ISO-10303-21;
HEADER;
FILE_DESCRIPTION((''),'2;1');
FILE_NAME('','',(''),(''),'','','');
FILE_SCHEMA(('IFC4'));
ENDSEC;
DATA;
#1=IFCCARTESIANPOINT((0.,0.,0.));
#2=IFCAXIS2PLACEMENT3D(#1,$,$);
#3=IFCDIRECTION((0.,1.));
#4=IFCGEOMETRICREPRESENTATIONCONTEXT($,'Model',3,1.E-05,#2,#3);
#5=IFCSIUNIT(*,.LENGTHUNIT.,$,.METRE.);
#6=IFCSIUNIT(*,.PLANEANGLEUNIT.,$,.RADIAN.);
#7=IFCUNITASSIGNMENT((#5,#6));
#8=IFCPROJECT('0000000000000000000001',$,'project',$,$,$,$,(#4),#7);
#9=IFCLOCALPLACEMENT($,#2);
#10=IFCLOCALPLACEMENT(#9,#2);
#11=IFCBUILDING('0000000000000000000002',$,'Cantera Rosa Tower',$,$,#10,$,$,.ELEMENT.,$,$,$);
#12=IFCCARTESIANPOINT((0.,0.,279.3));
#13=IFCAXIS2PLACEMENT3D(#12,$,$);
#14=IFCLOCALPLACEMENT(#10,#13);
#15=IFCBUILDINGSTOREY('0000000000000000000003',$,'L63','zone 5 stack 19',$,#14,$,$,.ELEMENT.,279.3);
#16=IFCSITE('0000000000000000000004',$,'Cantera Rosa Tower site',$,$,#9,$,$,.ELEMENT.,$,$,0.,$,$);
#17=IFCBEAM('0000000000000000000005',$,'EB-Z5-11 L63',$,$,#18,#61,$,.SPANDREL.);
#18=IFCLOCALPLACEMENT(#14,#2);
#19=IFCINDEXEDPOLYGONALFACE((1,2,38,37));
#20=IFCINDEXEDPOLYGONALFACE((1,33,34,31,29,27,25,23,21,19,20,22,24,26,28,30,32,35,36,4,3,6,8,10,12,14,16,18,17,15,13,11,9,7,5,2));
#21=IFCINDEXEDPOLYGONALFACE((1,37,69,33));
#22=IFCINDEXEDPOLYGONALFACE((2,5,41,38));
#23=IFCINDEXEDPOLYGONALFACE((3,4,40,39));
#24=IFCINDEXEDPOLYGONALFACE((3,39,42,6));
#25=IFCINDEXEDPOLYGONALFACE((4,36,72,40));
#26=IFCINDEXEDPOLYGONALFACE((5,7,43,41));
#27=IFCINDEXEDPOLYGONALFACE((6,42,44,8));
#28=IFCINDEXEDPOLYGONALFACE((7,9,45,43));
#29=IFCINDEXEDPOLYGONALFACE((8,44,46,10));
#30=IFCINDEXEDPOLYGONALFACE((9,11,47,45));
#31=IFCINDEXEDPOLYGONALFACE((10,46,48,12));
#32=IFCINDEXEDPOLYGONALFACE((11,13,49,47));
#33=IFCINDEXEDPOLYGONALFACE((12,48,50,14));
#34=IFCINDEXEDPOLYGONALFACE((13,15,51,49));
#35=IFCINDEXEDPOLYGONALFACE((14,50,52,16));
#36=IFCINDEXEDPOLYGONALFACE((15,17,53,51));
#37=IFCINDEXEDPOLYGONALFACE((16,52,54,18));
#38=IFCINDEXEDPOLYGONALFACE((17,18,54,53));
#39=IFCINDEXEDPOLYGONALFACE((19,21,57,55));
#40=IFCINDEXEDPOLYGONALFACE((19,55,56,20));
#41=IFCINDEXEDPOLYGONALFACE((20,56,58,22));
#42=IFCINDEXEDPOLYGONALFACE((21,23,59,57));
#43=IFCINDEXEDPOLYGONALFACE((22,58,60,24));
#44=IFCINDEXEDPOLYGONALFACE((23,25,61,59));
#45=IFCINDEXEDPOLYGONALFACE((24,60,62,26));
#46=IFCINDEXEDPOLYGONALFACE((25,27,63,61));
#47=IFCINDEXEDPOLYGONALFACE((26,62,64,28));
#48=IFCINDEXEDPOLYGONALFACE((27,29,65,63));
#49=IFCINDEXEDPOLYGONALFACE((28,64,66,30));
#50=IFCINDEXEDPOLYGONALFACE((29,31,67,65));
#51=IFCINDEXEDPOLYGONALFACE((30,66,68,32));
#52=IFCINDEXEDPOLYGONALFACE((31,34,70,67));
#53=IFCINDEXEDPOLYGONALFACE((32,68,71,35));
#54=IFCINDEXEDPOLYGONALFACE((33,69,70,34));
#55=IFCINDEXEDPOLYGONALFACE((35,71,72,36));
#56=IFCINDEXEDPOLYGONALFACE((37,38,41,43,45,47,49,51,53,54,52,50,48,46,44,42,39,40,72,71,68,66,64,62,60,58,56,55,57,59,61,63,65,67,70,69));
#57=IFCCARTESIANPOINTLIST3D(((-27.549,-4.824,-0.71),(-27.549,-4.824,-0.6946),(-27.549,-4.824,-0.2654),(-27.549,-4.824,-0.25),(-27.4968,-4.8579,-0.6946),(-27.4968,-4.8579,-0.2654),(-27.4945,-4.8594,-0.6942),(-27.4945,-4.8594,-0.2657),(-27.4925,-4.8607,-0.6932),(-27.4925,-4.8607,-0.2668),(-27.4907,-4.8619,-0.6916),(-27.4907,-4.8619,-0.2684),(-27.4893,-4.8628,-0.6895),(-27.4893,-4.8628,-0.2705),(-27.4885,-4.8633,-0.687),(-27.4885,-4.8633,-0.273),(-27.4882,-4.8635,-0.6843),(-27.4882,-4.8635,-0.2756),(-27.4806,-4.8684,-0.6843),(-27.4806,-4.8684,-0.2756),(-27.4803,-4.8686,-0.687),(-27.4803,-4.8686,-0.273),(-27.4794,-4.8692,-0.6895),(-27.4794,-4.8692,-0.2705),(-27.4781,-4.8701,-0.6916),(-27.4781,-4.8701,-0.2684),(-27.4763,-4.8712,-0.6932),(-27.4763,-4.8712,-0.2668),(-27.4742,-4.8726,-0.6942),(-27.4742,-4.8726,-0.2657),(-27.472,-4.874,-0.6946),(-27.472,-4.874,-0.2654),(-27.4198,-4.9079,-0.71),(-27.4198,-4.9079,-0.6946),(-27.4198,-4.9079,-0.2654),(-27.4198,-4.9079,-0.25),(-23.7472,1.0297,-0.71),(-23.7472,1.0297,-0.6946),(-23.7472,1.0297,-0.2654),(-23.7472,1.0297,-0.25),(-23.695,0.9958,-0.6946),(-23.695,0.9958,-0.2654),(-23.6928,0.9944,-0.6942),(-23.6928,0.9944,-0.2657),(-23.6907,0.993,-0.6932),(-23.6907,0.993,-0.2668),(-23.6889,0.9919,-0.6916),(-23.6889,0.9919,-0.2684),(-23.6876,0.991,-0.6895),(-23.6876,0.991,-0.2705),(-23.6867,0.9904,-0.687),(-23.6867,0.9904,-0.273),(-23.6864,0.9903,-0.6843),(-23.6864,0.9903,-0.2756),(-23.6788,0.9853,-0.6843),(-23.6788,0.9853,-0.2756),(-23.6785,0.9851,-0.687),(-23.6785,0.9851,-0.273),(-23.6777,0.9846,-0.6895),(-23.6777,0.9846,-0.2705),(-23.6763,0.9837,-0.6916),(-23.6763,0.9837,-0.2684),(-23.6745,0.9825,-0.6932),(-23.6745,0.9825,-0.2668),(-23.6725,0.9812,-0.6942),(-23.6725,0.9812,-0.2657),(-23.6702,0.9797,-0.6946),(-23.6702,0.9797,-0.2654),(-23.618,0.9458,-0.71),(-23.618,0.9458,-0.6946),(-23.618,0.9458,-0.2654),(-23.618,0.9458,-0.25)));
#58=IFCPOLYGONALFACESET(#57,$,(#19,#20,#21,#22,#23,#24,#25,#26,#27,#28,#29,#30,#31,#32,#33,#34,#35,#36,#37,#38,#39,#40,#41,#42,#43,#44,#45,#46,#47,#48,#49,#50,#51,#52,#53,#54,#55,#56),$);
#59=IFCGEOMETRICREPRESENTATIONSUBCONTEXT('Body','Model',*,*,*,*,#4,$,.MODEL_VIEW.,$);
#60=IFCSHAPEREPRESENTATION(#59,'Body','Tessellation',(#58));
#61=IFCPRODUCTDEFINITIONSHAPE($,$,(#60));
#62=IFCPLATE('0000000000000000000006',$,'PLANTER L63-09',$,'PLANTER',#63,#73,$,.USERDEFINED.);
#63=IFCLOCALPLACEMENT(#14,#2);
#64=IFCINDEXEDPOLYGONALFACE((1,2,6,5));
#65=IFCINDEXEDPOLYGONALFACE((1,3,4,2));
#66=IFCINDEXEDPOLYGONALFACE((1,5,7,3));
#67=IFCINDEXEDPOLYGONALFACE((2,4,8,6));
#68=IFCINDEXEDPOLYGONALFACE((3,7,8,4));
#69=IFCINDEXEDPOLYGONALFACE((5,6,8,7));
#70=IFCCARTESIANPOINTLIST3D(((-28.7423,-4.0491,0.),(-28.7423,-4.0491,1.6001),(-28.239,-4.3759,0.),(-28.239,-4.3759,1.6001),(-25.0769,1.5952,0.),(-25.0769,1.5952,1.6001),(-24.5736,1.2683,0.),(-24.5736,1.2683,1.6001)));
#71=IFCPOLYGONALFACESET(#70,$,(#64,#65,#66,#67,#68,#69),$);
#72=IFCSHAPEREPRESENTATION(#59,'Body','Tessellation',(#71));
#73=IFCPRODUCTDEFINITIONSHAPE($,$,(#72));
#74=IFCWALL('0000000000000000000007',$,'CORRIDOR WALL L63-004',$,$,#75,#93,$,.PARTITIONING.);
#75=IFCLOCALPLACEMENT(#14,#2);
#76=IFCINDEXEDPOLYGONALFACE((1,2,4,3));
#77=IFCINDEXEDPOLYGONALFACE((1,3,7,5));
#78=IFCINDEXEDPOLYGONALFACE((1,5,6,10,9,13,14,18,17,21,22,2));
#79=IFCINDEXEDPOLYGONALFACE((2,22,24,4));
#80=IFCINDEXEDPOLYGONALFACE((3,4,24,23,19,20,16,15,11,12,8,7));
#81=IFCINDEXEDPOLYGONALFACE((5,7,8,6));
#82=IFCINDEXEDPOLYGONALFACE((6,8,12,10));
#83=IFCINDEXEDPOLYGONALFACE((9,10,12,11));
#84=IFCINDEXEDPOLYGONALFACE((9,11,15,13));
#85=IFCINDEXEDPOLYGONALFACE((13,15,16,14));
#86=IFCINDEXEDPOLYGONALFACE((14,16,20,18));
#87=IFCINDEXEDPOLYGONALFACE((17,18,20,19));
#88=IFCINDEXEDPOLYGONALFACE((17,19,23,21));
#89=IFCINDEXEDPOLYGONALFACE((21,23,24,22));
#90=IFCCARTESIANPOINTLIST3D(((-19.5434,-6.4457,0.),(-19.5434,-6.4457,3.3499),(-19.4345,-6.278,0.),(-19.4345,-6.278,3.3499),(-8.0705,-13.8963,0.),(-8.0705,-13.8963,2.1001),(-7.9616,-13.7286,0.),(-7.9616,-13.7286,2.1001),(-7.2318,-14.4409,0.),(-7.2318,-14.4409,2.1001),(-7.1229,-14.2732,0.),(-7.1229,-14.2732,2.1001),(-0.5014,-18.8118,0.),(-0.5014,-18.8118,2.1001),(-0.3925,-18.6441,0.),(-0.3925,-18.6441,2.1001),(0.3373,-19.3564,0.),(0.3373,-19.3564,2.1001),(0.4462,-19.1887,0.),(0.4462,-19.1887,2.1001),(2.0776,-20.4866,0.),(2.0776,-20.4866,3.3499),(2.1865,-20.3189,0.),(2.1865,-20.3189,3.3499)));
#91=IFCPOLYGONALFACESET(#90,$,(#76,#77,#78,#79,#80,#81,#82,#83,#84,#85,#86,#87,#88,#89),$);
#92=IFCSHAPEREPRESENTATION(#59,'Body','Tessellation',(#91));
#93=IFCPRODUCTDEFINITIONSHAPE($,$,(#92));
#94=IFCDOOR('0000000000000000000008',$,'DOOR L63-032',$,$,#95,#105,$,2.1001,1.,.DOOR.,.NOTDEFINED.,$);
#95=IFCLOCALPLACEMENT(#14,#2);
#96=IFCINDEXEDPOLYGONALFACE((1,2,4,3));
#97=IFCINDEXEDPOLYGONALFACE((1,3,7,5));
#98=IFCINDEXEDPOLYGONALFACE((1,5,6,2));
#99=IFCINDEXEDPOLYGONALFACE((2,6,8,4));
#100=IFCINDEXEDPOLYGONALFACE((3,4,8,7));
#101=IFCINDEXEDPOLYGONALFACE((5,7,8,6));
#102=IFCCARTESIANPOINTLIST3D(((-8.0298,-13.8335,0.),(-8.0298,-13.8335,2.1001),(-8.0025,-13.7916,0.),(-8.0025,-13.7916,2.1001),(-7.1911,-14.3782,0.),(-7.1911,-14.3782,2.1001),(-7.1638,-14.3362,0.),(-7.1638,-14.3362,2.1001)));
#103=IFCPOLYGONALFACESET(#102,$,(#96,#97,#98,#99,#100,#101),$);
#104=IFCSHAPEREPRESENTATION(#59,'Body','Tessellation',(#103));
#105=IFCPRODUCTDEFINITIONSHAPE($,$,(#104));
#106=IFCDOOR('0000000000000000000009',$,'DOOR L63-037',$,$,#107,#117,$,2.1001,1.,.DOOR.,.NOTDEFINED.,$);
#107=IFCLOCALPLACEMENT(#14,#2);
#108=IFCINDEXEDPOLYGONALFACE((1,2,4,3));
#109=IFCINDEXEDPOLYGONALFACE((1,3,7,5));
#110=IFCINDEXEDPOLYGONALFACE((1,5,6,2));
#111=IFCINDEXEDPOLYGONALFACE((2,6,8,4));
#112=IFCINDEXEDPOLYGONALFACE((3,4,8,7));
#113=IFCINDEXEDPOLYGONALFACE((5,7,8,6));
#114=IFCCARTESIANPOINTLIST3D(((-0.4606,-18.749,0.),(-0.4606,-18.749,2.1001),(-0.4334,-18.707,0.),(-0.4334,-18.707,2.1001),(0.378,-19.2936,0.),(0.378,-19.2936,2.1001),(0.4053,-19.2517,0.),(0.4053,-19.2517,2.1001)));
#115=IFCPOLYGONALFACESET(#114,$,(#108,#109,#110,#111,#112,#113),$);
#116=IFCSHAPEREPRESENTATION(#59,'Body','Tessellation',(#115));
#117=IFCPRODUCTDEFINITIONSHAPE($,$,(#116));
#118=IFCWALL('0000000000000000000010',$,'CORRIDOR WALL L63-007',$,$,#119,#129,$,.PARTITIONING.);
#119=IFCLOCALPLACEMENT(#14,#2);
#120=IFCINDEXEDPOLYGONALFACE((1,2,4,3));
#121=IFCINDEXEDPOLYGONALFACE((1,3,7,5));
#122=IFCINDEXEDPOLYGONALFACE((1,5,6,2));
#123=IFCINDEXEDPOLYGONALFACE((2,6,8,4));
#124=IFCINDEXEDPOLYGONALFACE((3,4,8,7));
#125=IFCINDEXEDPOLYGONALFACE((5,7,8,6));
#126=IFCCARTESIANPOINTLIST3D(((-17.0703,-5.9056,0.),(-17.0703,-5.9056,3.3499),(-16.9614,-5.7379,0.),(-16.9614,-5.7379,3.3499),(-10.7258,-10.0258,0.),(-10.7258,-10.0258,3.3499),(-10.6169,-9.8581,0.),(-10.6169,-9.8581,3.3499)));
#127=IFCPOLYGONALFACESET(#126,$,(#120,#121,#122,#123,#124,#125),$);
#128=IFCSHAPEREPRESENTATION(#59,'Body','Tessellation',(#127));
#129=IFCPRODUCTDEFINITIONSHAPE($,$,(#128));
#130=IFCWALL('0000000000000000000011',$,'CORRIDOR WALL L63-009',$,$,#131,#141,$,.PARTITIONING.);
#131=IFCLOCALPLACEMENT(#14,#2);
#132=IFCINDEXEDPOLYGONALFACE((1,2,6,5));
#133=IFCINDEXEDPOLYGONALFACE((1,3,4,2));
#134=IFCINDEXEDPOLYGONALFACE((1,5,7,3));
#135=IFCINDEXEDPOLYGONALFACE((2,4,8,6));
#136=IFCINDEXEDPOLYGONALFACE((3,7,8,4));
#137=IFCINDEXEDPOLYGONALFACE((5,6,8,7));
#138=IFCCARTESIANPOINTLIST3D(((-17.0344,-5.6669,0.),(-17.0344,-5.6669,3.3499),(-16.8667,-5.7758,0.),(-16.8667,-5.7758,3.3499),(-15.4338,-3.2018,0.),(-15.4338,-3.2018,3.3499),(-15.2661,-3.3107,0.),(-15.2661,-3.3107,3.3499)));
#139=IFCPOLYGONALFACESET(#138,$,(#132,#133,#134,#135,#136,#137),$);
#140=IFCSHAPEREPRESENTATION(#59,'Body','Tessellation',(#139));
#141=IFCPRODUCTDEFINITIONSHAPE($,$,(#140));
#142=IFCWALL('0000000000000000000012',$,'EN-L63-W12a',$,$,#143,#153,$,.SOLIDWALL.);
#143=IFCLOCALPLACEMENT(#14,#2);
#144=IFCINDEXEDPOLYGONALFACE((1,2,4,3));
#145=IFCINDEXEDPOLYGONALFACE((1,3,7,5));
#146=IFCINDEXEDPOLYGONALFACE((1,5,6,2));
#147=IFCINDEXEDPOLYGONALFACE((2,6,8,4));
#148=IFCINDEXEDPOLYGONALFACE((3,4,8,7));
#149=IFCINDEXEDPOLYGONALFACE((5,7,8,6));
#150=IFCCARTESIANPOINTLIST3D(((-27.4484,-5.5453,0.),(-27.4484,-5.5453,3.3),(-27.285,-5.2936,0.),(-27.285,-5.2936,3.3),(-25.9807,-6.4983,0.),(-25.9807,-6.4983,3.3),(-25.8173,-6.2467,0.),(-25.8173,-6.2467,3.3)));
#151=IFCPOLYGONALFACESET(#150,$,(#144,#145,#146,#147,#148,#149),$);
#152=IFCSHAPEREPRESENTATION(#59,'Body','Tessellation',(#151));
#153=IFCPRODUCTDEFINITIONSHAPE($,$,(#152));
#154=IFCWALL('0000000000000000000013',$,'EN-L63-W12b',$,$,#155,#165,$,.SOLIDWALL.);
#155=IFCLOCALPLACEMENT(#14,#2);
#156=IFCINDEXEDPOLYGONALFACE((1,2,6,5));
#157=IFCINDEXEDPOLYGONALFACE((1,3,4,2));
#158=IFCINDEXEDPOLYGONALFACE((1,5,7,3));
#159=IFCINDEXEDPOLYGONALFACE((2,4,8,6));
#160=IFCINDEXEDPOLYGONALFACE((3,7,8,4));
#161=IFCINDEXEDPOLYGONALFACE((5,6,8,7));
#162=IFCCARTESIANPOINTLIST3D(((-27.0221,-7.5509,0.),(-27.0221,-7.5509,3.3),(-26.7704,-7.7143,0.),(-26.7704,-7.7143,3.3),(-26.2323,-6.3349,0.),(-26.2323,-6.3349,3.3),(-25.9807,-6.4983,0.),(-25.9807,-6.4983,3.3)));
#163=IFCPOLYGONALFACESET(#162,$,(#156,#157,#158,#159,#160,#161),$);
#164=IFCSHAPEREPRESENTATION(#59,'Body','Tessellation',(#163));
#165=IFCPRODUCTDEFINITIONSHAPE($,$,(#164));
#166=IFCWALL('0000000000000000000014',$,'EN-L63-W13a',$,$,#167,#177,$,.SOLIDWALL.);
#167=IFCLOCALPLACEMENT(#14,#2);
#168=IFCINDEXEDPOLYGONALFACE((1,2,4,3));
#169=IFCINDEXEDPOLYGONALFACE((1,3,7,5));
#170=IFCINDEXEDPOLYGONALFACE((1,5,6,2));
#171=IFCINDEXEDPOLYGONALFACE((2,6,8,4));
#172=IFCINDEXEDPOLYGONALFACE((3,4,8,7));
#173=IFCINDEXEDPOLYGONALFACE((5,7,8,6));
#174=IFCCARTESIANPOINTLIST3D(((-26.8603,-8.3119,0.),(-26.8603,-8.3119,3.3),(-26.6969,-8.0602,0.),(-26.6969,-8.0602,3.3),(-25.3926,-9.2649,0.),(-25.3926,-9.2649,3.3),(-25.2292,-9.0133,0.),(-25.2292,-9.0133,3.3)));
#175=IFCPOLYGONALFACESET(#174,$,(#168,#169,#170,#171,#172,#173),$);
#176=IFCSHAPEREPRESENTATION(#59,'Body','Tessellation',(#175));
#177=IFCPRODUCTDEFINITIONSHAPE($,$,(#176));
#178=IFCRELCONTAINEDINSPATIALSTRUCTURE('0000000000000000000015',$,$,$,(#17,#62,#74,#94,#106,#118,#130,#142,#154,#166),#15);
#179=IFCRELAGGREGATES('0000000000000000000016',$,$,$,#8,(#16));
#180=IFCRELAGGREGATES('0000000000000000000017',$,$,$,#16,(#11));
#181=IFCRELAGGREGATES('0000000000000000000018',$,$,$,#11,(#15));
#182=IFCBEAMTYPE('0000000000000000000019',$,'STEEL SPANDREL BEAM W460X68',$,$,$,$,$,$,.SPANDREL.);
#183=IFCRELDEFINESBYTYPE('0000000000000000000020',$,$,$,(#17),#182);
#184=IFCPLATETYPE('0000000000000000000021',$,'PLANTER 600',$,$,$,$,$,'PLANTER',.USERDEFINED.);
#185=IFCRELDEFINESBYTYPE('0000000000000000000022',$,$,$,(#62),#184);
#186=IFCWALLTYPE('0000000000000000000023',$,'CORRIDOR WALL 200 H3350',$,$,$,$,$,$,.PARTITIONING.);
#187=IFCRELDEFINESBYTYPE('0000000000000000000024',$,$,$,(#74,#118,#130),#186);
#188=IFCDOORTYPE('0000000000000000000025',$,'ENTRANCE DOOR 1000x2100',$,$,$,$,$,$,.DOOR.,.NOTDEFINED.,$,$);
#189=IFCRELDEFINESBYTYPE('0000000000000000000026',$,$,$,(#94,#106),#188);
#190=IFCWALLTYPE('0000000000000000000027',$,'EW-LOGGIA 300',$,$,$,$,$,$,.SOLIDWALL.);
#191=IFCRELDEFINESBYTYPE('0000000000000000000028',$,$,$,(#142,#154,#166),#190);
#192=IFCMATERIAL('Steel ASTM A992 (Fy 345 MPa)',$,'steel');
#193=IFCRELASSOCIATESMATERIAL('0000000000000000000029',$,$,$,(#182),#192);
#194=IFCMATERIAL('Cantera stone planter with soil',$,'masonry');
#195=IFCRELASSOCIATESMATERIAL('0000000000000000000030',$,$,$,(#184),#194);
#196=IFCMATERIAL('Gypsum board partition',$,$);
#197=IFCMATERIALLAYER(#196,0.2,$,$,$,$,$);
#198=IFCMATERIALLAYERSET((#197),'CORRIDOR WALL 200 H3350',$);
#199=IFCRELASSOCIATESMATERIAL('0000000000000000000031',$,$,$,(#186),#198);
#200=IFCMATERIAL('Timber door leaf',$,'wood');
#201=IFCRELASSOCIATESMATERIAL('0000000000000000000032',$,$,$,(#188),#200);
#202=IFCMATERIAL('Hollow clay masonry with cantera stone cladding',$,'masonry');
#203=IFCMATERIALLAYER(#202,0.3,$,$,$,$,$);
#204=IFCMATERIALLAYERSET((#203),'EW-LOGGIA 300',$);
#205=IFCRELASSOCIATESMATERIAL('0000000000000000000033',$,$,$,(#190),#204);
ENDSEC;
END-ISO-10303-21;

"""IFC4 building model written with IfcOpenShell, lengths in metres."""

from ifc_helpers import new_model, si_unit, direction, frame, frame_2d, origin, origin_2d, place, context, subcontext, project, spatial, rectangle, i_section, extrude, material, layer, layer_set, material_profile, profile_set, type_object, element, fill, save


model = new_model("IFC4")

# Units and contexts
model_context = context("Model", 3, precision=1e-05, world=origin(), true_north=direction((0.0, 1.0)))
body_context = subcontext(model_context, "Body", "Model", "MODEL_VIEW")
ifc_project = project(units=[si_unit("LENGTHUNIT", "METRE"), si_unit("PLANEANGLEUNIT", "RADIAN")], contexts=[model_context])

# Site, building, storey
site_placement = place(None, origin())
site = spatial("IfcSite", under=ifc_project, at=site_placement, Name="Cantera Rosa Tower site", CompositionType="ELEMENT", RefElevation=0.0)
building_placement = place(site_placement, origin())
building = spatial("IfcBuilding", under=site, at=building_placement, Name="Cantera Rosa Tower", CompositionType="ELEMENT")
storey_placement = place(building_placement, frame((0.0, 0.0, 279.3)))
storey = spatial("IfcBuildingStorey", under=building, at=storey_placement, Name="L63", Description="zone 5 stack 19", CompositionType="ELEMENT", Elevation=279.3)

# Beam
ifc_material_1 = material(Name="Steel ASTM A992 (Fy 345 MPa)", Category="steel")
ifc_material_profile_1 = material_profile(ifc_material_1, i_section(OverallWidth=0.1541, OverallDepth=0.46, WebThickness=0.009, FlangeThickness=0.0154, FilletRadius=0.0103, at=origin_2d()), Name="W460X68")
ifc_profile_set_1 = profile_set([ifc_material_profile_1], Name="Steel ASTM A992 (Fy 345 MPa)")
beam_type_1 = type_object("IfcBeamType", Name="STEEL SPANDREL BEAM W460X68", PredefinedType="SPANDREL", material=ifc_profile_set_1)
beam_1_placement = place(storey_placement, frame((-23.6826, 0.9878, -0.48), z_axis=(-0.544667, -0.838652, 0.0), x_axis=(0.838652, -0.544667, 0.0)))
element("IfcBeam", 1, at=beam_1_placement, inside=storey, type_object=beam_type_1, Name="EB-Z5-11 L63", PredefinedType="SPANDREL", context=body_context, shape_type="SweptSolid", body=[
    extrude(i_section(OverallWidth=0.1541, OverallDepth=0.46, WebThickness=0.009, FlangeThickness=0.0154, FilletRadius=0.0103, at=origin_2d()), origin(), (0.0, 0.0, 1.0), 6.98),
])

# Plate
ifc_material_2 = material(Name="Cantera stone planter with soil", Category="masonry")
plate_type = type_object("IfcPlateType", Name="PLANTER 600", ElementType="PLANTER", PredefinedType="USERDEFINED", material=ifc_material_2)
plate_placement = place(storey_placement, frame((-26.658, -1.3904, 0.0), z_axis=(0.0, 0.0, 1.0), x_axis=(-0.544639, -0.838671, 0.0)))
element("IfcPlate", 2, at=plate_placement, inside=storey, type_object=plate_type, Name="PLANTER L63-09", ObjectType="PLANTER", PredefinedType="USERDEFINED", context=body_context, shape_type="SweptSolid", body=[
    extrude(rectangle(XDim=6.73, YDim=0.6001, at=origin_2d()), origin(), (0.0, 0.0, 1.0), 1.6001),
])

# Wall, openings, doors
ifc_material_3 = material(Name="Gypsum board partition")
ifc_layer_1 = layer(ifc_material_3, 0.2)
ifc_layer_set_1 = layer_set([ifc_layer_1], Name="CORRIDOR WALL 200 H3350")
wall_type_1 = type_object("IfcWallType", Name="CORRIDOR WALL 200 H3350", PredefinedType="PARTITIONING", material=ifc_layer_set_1)
wall_1_placement = place(storey_placement, frame((-19.489, -6.3618, 0.0), z_axis=(0.0, 0.0, 1.0), x_axis=(0.83867, -0.54464, 0.0)))
wall_1 = element("IfcWall", 3, at=wall_1_placement, inside=storey, type_object=wall_type_1, Name="CORRIDOR WALL L63-004", PredefinedType="PARTITIONING", context=body_context, shape_type="SweptSolid", body=[
    extrude(rectangle(XDim=25.78, YDim=0.2, at=frame_2d((12.8901, 0.0))), origin(), (0.0, 0.0, 1.0), 3.3499),
])
opening_1_placement = place(wall_1_placement, frame((13.6799, 0.0, 0.0)))
opening_1 = element("IfcOpeningElement", 4, at=opening_1_placement, cuts=wall_1, PredefinedType="OPENING", context=body_context, shape_type="SweptSolid", body=[
    extrude(rectangle(XDim=1.0, YDim=2.1001, at=frame_2d((0.5, 1.05))), frame((0.0, 0.1099, 0.0), z_axis=(0.0, -1.0, 0.0), x_axis=(1.0, 0.0, 0.0)), (0.0, 0.0, 1.0), 0.22),
])
opening_2_placement = place(wall_1_placement, frame((22.7051, 0.0, 0.0)))
opening_2 = element("IfcOpeningElement", 5, at=opening_2_placement, cuts=wall_1, PredefinedType="OPENING", context=body_context, shape_type="SweptSolid", body=[
    extrude(rectangle(XDim=1.0, YDim=2.1001, at=frame_2d((0.5, 1.05))), frame((0.0, 0.1099, 0.0), z_axis=(0.0, -1.0, 0.0), x_axis=(1.0, 0.0, 0.0)), (0.0, 0.0, 1.0), 0.22),
])
ifc_material_4 = material(Name="Timber door leaf", Category="wood")
door_type_1 = type_object("IfcDoorType", Name="ENTRANCE DOOR 1000x2100", OperationType="NOTDEFINED", PredefinedType="DOOR", material=ifc_material_4)
door_1_placement = place(opening_1_placement, origin())
door_1 = element("IfcDoor", 6, at=door_1_placement, inside=storey, type_object=door_type_1, Name="DOOR L63-032", OperationType="NOTDEFINED", OverallHeight=2.1001, OverallWidth=1.0, PredefinedType="DOOR", context=body_context, shape_type="SweptSolid", body=[
    extrude(rectangle(XDim=1.0, YDim=2.1001, at=frame_2d((0.5, 1.05))), frame((0.0, 0.0249, 0.0), z_axis=(0.0, -1.0, 0.0), x_axis=(1.0, 0.0, 0.0)), (0.0, 0.0, 1.0), 0.05),
])
fill(opening_1, door_1)
door_2_placement = place(opening_2_placement, origin())
door_2 = element("IfcDoor", 7, at=door_2_placement, inside=storey, type_object=door_type_1, Name="DOOR L63-037", OperationType="NOTDEFINED", OverallHeight=2.1001, OverallWidth=1.0, PredefinedType="DOOR", context=body_context, shape_type="SweptSolid", body=[
    extrude(rectangle(XDim=1.0, YDim=2.1001, at=frame_2d((0.5, 1.05))), frame((0.0, 0.0249, 0.0), z_axis=(0.0, -1.0, 0.0), x_axis=(1.0, 0.0, 0.0)), (0.0, 0.0, 1.0), 0.05),
])
fill(opening_2, door_2)

# Walls
wall_2_placement = place(storey_placement, frame((-17.0159, -5.8218, 0.0), z_axis=(0.0, 0.0, 1.0), x_axis=(0.838673, -0.544636, 0.0)))
element("IfcWall", 8, at=wall_2_placement, inside=storey, type_object=wall_type_1, Name="CORRIDOR WALL L63-007", PredefinedType="PARTITIONING", context=body_context, shape_type="SweptSolid", body=[
    extrude(rectangle(XDim=7.5649, YDim=0.2, at=frame_2d((3.7825, 0.0))), origin(), (0.0, 0.0, 1.0), 3.3499),
])
wall_3_placement = place(storey_placement, frame((-15.3499, -3.2561, 0.0), z_axis=(0.0, 0.0, 1.0), x_axis=(-0.544577, -0.838711, 0.0)))
element("IfcWall", 9, at=wall_3_placement, inside=storey, type_object=wall_type_1, Name="CORRIDOR WALL L63-009", PredefinedType="PARTITIONING", context=body_context, shape_type="SweptSolid", body=[
    extrude(rectangle(XDim=2.9392, YDim=0.2, at=frame_2d((1.4697, 0.0))), origin(), (0.0, 0.0, 1.0), 3.3499),
])
ifc_material_5 = material(Name="Hollow clay masonry with cantera stone cladding", Category="masonry")
ifc_layer_2 = layer(ifc_material_5, 0.3)
ifc_layer_set_2 = layer_set([ifc_layer_2], Name="EW-LOGGIA 300")
wall_type_2 = type_object("IfcWallType", Name="EW-LOGGIA 300", PredefinedType="SOLIDWALL", material=ifc_layer_set_2)
wall_4_placement = place(storey_placement, frame((-27.3667, -5.4194, 0.0), z_axis=(0.0, 0.0, 1.0), x_axis=(0.838686, -0.544616, 0.0)))
element("IfcWall", 10, at=wall_4_placement, inside=storey, type_object=wall_type_2, Name="EN-L63-W12a", PredefinedType="SOLIDWALL", context=body_context, shape_type="SweptSolid", body=[
    extrude(rectangle(XDim=1.75, YDim=0.3, at=frame_2d((0.875, 0.0))), origin(), (0.0, 0.0, 1.0), 3.3),
])
wall_5_placement = place(storey_placement, frame((-26.1064, -6.4165, 0.0), z_axis=(0.0, 0.0, 1.0), x_axis=(-0.544675, -0.838647, 0.0)))
element("IfcWall", 11, at=wall_5_placement, inside=storey, type_object=wall_type_2, Name="EN-L63-W12b", PredefinedType="SOLIDWALL", context=body_context, shape_type="SweptSolid", body=[
    extrude(rectangle(XDim=1.45, YDim=0.3, at=frame_2d((0.7251, 0.0))), origin(), (0.0, 0.0, 1.0), 3.3),
])
wall_6_placement = place(storey_placement, frame((-26.7786, -8.186, 0.0), z_axis=(0.0, 0.0, 1.0), x_axis=(0.838686, -0.544616, 0.0)))
element("IfcWall", 12, at=wall_6_placement, inside=storey, type_object=wall_type_2, Name="EN-L63-W13a", PredefinedType="SOLIDWALL", context=body_context, shape_type="SweptSolid", body=[
    extrude(rectangle(XDim=1.75, YDim=0.3, at=frame_2d((0.875, 0.0))), origin(), (0.0, 0.0, 1.0), 3.3),
])

save(model, "model.ifc")
